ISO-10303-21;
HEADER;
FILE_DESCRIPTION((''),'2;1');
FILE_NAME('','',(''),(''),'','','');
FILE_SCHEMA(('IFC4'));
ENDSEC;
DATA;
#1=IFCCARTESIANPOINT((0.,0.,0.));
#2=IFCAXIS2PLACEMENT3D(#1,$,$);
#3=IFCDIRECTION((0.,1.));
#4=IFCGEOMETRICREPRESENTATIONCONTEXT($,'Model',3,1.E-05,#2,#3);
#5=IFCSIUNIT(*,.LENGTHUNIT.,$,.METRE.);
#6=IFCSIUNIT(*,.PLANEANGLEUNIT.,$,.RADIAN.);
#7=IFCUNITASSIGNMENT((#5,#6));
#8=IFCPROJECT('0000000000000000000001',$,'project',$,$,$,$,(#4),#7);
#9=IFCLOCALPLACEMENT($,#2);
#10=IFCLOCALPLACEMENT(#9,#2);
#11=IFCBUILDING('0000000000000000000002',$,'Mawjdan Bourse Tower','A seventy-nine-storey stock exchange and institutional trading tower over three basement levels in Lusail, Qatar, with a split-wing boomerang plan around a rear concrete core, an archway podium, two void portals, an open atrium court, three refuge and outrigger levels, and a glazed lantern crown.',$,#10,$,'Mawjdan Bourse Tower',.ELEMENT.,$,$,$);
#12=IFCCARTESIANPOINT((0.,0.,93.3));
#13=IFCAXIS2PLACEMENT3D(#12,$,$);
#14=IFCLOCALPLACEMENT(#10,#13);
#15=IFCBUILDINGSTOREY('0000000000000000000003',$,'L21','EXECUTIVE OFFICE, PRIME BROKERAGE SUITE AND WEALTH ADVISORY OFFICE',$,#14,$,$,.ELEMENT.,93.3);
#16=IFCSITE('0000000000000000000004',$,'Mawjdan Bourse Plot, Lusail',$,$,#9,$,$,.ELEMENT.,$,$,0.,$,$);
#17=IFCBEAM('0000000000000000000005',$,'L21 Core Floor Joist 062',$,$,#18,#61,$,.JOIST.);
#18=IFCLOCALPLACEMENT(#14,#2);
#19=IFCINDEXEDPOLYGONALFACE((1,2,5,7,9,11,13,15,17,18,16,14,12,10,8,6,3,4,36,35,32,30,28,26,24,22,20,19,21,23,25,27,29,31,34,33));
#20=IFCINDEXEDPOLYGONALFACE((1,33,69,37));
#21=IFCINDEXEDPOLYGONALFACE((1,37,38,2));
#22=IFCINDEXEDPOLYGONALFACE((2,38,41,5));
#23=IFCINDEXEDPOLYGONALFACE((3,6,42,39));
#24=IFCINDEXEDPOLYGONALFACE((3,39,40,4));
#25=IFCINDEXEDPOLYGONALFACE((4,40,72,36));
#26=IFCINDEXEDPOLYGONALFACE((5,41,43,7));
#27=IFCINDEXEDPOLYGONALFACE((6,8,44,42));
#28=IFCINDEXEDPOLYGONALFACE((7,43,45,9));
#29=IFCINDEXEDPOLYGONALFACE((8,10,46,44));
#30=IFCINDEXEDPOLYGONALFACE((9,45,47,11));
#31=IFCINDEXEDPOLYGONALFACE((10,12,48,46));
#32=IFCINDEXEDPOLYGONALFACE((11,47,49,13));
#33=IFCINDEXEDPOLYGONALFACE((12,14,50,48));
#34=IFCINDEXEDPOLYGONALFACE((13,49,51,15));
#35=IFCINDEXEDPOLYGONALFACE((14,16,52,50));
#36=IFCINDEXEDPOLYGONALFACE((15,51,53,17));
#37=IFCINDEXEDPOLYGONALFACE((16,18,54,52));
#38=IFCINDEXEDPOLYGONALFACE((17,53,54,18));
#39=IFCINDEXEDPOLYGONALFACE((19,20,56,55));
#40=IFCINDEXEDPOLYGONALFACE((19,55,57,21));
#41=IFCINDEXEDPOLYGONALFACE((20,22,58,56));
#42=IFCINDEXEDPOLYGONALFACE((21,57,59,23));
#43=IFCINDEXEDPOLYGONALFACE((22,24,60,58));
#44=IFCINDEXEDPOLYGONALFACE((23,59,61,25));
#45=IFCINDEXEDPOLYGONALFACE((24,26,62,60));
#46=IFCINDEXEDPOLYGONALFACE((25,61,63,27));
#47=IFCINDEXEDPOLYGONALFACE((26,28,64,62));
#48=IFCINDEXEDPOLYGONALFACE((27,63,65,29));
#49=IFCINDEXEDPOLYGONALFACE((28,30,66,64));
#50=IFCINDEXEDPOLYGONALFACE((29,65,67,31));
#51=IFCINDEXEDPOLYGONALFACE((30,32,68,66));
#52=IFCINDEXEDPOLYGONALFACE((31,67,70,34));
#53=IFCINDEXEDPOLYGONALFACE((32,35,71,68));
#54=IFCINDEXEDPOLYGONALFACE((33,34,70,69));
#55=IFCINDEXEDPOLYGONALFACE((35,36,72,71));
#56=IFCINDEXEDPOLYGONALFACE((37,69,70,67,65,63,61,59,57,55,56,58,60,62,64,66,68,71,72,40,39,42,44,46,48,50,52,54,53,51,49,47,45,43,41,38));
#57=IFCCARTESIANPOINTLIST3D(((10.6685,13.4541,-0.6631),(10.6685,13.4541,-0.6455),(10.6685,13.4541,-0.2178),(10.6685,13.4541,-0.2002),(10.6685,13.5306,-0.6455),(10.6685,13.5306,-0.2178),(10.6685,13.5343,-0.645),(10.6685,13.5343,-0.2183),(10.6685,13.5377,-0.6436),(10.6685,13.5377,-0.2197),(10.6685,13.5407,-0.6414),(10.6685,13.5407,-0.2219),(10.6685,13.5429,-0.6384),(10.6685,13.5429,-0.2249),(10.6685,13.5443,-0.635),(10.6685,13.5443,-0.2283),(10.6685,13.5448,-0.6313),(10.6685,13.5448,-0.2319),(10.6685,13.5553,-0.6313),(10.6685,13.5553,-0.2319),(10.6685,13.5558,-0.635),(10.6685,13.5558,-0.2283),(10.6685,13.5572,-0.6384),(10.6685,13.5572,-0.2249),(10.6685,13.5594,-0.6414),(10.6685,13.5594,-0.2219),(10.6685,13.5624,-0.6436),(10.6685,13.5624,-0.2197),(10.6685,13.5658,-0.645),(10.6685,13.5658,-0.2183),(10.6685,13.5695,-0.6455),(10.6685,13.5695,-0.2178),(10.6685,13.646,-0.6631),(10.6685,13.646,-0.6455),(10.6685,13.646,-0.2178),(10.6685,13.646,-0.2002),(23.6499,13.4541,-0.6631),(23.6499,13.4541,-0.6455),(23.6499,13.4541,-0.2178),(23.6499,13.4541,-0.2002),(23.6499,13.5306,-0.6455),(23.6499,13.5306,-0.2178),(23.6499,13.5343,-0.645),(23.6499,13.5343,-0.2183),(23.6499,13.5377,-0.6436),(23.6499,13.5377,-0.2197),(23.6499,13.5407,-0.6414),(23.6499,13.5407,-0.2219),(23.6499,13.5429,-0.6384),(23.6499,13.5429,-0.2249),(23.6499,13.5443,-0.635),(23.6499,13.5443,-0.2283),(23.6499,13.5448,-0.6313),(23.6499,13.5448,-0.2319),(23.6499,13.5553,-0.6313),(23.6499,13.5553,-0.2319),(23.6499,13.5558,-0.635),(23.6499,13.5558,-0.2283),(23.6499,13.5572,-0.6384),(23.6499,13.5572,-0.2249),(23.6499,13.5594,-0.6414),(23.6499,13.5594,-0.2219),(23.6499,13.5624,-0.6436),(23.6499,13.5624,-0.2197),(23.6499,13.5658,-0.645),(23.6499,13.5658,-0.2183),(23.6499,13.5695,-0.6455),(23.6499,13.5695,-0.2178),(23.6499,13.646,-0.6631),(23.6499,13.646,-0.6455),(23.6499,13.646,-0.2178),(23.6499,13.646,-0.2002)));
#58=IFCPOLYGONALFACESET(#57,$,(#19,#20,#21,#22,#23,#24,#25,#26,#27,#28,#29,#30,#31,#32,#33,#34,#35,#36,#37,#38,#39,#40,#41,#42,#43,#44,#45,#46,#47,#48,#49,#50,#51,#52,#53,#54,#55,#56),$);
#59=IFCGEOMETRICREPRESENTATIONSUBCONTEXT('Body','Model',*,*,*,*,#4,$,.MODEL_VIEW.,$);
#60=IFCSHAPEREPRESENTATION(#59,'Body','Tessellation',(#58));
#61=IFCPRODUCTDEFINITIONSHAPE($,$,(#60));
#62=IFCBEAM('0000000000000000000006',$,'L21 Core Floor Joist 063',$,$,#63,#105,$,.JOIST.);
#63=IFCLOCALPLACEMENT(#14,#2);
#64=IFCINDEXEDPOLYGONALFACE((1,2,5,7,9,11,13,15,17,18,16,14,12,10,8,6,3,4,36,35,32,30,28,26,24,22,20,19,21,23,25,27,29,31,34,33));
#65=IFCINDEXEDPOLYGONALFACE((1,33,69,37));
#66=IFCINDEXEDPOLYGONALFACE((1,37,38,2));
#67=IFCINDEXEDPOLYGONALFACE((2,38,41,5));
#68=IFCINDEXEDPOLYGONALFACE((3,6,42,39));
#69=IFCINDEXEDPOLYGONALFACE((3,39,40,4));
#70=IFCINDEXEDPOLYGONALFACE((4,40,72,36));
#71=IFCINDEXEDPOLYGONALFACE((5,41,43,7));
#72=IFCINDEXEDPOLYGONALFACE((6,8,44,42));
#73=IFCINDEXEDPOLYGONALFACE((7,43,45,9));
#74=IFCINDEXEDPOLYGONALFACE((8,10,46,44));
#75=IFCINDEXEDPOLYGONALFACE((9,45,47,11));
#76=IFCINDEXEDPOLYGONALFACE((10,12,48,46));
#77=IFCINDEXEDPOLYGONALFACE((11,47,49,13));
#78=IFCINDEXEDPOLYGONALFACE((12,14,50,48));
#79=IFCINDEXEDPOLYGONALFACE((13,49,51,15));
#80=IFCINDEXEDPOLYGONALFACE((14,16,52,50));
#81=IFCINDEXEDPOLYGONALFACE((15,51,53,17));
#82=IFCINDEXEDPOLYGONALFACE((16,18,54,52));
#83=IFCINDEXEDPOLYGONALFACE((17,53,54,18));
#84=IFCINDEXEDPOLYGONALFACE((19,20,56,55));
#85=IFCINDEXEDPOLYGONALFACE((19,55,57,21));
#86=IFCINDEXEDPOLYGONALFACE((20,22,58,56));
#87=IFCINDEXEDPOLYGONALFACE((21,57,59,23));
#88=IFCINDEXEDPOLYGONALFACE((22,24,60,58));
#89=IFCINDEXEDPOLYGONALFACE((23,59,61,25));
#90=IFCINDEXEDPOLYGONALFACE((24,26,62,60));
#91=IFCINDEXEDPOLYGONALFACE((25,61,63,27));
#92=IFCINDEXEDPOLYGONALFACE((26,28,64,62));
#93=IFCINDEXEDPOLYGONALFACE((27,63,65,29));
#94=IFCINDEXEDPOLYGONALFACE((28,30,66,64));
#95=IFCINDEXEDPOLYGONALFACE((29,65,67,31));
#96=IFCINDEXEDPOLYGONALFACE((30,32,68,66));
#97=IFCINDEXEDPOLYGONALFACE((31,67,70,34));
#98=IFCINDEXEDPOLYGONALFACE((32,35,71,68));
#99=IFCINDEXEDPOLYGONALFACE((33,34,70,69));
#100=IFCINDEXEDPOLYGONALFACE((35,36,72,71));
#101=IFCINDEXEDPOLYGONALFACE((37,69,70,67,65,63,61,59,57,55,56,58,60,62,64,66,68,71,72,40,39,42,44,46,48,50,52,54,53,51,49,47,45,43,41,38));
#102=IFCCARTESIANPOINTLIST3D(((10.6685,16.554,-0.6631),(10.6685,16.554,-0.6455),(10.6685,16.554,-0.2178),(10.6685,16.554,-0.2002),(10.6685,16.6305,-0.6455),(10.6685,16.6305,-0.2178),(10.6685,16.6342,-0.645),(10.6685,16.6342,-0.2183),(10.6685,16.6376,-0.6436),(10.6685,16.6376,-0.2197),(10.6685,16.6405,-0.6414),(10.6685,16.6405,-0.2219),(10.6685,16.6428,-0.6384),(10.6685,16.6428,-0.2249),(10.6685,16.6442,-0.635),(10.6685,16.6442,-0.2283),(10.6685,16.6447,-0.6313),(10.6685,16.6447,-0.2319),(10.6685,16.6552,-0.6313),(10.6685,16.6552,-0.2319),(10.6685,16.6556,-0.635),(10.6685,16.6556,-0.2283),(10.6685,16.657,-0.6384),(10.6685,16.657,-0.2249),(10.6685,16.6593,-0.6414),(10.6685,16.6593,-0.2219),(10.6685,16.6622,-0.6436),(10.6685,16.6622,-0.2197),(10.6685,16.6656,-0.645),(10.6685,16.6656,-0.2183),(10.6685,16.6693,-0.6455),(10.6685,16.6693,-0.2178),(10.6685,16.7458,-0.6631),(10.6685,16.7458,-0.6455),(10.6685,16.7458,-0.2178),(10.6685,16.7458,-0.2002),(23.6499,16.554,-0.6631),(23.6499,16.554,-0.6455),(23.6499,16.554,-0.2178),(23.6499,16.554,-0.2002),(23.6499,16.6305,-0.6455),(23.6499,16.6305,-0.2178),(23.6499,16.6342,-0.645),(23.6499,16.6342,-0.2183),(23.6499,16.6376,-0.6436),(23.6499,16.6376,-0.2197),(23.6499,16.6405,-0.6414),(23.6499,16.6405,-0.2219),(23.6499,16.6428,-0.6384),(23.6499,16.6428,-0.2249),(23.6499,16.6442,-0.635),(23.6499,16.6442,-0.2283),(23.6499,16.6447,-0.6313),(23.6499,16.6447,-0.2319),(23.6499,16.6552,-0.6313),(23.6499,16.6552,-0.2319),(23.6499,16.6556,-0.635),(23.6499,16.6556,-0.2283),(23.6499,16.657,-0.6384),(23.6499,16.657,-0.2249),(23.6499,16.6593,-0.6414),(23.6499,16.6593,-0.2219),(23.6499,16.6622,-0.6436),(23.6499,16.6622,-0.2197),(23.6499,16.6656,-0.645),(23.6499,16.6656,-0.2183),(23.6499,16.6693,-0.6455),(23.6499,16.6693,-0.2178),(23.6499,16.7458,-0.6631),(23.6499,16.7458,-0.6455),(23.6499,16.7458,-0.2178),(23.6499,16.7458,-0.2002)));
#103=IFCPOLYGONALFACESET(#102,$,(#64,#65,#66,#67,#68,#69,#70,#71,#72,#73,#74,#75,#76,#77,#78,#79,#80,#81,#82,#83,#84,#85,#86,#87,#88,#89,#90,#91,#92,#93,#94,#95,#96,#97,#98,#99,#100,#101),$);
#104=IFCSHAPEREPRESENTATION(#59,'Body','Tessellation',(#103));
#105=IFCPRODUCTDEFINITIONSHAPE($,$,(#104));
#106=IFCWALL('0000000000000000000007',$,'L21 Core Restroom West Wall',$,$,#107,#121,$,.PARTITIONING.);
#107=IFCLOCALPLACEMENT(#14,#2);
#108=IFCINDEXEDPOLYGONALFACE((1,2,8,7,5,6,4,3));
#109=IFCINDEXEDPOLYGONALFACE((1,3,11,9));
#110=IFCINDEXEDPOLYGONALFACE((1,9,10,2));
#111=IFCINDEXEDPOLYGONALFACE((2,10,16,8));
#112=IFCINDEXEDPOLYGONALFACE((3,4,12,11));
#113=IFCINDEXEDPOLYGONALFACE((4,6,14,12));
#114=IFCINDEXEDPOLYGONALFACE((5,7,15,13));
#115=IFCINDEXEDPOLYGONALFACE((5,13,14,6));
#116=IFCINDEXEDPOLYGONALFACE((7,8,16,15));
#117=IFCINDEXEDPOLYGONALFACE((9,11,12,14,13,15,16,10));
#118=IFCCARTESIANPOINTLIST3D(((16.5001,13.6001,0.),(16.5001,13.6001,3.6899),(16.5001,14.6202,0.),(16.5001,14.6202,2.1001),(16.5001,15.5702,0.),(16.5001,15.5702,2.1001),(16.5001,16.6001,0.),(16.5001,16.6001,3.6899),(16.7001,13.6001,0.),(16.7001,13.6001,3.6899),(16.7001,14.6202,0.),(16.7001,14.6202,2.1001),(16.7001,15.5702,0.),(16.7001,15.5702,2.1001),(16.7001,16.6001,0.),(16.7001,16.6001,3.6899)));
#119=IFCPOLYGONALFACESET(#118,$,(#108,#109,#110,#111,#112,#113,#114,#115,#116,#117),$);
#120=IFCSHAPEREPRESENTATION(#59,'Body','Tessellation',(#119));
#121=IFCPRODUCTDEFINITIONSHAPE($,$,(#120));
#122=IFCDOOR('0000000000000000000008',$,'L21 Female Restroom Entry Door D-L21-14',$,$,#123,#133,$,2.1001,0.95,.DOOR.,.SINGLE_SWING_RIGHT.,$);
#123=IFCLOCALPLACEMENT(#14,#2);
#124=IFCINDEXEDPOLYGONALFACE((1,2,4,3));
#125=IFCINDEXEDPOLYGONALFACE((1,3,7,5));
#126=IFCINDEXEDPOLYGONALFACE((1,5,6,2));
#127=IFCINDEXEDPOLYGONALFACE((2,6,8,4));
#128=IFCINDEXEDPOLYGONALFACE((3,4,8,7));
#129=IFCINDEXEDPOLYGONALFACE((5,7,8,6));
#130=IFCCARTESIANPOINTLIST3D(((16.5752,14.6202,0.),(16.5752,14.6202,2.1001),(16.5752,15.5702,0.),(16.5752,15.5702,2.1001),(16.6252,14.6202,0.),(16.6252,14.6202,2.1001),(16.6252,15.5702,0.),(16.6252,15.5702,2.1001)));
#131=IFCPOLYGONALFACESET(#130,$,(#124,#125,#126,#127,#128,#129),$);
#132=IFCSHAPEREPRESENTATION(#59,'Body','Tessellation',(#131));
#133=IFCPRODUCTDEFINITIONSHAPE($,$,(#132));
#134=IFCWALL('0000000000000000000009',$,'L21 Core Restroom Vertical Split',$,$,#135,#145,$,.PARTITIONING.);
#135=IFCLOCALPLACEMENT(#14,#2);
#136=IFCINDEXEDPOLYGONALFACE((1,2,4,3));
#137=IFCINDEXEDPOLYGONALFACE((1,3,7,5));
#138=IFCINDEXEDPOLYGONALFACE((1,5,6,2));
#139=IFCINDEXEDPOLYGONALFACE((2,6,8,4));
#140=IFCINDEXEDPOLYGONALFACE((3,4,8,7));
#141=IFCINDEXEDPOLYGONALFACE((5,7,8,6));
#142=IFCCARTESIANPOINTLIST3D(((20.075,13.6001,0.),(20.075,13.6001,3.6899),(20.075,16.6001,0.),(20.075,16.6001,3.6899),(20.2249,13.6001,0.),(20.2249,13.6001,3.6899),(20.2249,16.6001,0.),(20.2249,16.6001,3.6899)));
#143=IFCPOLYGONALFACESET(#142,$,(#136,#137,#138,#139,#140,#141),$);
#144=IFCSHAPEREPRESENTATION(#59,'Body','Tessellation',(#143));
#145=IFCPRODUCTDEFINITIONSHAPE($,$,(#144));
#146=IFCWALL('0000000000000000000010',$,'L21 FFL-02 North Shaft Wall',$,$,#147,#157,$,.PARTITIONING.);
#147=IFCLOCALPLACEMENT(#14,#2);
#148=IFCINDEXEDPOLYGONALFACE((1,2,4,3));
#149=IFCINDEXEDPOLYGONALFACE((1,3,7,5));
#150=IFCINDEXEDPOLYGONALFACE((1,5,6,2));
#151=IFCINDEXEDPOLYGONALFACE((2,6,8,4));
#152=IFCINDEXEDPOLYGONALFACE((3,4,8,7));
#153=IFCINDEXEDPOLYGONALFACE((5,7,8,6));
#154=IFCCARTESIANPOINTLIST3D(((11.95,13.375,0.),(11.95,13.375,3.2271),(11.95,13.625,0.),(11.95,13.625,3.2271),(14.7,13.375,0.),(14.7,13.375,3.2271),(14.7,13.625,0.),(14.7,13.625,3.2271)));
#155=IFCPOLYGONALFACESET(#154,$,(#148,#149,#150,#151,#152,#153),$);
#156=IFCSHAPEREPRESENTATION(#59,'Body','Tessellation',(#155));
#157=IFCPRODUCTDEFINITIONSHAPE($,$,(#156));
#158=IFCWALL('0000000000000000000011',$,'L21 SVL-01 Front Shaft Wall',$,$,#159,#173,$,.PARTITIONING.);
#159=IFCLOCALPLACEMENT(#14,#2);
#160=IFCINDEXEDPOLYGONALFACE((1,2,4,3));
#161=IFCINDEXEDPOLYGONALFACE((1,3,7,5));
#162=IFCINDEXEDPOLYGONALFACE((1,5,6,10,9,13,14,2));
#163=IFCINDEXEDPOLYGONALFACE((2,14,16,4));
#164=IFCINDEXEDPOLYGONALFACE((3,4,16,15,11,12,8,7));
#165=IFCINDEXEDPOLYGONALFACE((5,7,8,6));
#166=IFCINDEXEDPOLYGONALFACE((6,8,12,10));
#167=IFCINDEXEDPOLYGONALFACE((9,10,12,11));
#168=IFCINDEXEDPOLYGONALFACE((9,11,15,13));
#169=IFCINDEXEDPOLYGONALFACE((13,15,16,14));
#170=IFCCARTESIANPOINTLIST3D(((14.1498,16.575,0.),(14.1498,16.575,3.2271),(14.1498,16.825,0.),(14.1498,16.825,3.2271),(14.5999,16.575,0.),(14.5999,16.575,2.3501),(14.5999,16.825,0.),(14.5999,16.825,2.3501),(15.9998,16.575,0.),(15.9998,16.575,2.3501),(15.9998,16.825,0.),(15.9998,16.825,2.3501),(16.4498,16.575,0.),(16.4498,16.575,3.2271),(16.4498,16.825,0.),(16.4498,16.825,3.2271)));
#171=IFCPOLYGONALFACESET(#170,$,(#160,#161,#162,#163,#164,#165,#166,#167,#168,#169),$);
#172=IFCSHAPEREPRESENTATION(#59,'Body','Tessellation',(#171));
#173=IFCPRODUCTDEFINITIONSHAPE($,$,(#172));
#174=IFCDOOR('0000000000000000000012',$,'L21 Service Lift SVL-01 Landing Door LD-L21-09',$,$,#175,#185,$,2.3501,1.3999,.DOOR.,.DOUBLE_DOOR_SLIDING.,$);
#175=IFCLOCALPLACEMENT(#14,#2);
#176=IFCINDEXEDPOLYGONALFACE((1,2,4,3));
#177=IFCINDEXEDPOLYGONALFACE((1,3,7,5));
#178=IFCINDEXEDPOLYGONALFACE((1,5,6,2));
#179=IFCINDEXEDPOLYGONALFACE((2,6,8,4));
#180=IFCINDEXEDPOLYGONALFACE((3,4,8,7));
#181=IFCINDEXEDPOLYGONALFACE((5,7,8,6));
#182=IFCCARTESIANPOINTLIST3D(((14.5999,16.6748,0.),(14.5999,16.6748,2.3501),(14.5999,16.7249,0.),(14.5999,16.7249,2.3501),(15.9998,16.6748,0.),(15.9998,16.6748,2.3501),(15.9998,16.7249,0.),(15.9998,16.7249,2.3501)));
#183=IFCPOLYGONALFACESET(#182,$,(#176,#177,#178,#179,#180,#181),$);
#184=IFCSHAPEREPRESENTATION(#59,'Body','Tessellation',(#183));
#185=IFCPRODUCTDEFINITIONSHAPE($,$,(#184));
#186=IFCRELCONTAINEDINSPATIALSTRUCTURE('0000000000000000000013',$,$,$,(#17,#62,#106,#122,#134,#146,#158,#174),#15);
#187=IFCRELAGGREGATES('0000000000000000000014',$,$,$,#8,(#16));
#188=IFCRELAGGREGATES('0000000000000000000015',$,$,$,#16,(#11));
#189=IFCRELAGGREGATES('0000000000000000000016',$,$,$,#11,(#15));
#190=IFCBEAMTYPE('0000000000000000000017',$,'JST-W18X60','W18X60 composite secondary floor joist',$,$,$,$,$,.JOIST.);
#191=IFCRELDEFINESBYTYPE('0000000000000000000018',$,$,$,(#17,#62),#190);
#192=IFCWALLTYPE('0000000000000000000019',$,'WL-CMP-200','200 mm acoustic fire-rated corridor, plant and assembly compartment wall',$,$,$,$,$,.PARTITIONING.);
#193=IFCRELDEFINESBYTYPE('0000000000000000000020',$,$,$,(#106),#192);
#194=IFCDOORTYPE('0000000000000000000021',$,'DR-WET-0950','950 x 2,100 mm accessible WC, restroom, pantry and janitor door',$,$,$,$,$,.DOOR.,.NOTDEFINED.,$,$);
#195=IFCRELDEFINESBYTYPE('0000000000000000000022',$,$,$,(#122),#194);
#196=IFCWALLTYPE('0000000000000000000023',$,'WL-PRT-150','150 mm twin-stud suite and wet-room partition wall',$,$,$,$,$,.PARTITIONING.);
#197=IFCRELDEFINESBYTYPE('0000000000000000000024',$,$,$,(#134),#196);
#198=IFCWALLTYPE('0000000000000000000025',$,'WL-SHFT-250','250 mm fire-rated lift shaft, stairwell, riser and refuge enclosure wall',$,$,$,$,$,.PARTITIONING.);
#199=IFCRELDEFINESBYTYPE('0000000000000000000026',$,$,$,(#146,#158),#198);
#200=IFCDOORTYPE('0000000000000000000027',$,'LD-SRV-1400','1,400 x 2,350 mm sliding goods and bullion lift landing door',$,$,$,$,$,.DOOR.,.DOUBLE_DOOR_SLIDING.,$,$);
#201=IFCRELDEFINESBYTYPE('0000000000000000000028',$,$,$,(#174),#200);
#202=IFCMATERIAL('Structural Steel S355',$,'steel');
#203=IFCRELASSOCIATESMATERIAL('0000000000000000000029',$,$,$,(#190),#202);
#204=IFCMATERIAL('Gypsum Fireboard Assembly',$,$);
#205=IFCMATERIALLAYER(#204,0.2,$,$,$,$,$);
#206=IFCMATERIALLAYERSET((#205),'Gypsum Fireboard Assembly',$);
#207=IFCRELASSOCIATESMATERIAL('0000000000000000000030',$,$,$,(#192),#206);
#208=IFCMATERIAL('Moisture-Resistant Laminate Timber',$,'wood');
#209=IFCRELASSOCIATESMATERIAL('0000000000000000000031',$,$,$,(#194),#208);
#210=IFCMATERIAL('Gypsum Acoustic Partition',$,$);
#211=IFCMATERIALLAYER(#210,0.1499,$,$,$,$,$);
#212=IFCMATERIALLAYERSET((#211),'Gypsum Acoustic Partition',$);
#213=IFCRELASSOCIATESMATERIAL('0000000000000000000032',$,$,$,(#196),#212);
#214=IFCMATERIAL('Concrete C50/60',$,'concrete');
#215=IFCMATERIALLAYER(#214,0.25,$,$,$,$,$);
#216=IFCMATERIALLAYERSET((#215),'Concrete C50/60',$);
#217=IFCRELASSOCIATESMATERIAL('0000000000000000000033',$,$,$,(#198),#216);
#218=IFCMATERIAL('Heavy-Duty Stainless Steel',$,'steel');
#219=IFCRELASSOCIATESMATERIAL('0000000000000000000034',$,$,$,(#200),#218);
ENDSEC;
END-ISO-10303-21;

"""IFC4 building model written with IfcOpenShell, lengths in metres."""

from ifc_helpers import new_model, si_unit, direction, frame, frame_2d, origin, origin_2d, place, context, subcontext, project, spatial, rectangle, i_section, extrude, material, layer, layer_set, material_profile, profile_set, type_object, element, fill, save


model = new_model("IFC4")

# Units and contexts
model_context = context("Model", 3, precision=1e-05, world=origin(), true_north=direction((0.0, 1.0)))
body_context = subcontext(model_context, "Body", "Model", "MODEL_VIEW")
ifc_project = project(units=[si_unit("LENGTHUNIT", "METRE"), si_unit("PLANEANGLEUNIT", "RADIAN")], contexts=[model_context])

# Site, building, storey
site_placement = place(None, origin())
site = spatial("IfcSite", under=ifc_project, at=site_placement, Name="Mawjdan Bourse Plot, Lusail", CompositionType="ELEMENT", RefElevation=0.0)
building_placement = place(site_placement, origin())
building = spatial("IfcBuilding", under=site, at=building_placement, Name="Mawjdan Bourse Tower", Description="A seventy-nine-storey stock exchange and institutional trading tower over three basement levels in Lusail, Qatar, with a split-wing boomerang plan around a rear concrete core, an archway podium, two void portals, an open atrium court, three refuge and outrigger levels, and a glazed lantern crown.", LongName="Mawjdan Bourse Tower", CompositionType="ELEMENT")
storey_placement = place(building_placement, frame((0.0, 0.0, 93.3)))
storey = spatial("IfcBuildingStorey", under=building, at=storey_placement, Name="L21", Description="EXECUTIVE OFFICE, PRIME BROKERAGE SUITE AND WEALTH ADVISORY OFFICE", CompositionType="ELEMENT", Elevation=93.3)

# Beams
ifc_material_1 = material(Name="Structural Steel S355", Category="steel")
ifc_material_profile = material_profile(ifc_material_1, i_section(OverallWidth=0.1919, OverallDepth=0.4629, WebThickness=0.0105, FlangeThickness=0.0176, FilletRadius=0.0142, at=origin_2d()), Name="W18X60")
ifc_profile_set = profile_set([ifc_material_profile], Name="Structural Steel S355")
beam_type = type_object("IfcBeamType", Name="JST-W18X60", Description="W18X60 composite secondary floor joist", PredefinedType="JOIST", material=ifc_profile_set)
for number, where, z_axis, x_axis, name in (
    (1, (10.6685, 13.55, -0.4316), (1.0, 0.0, 0.0), (0.0, 1.0, 0.0), "L21 Core Floor Joist 062"),
    (2, (10.6685, 16.6499, -0.4316), (1.0, 0.0, 0.0), (0.0, 1.0, 0.0), "L21 Core Floor Joist 063"),
):
    element("IfcBeam", number, at=place(storey_placement, frame(where, z_axis=z_axis, x_axis=x_axis)), inside=storey, type_object=beam_type, Name=name, PredefinedType="JOIST", context=body_context, shape_type="SweptSolid", body=[
        extrude(i_section(OverallWidth=0.1919, OverallDepth=0.4629, WebThickness=0.0105, FlangeThickness=0.0176, FilletRadius=0.0142, at=origin_2d()), origin(), (0.0, 0.0, 1.0), 12.9814),
    ])

# Wall, opening, door
ifc_material_2 = material(Name="Gypsum Fireboard Assembly")
ifc_layer_1 = layer(ifc_material_2, 0.2)
ifc_layer_set_1 = layer_set([ifc_layer_1], Name="Gypsum Fireboard Assembly")
wall_type_1 = type_object("IfcWallType", Name="WL-CMP-200", Description="200 mm acoustic fire-rated corridor, plant and assembly compartment wall", PredefinedType="PARTITIONING", material=ifc_layer_set_1)
wall_1_placement = place(storey_placement, frame((16.6001, 13.6001, 0.0), z_axis=(0.0, 0.0, 1.0), x_axis=(0.0, 1.0, 0.0)))
wall_1 = element("IfcWall", 3, at=wall_1_placement, inside=storey, type_object=wall_type_1, Name="L21 Core Restroom West Wall", PredefinedType="PARTITIONING", context=body_context, shape_type="SweptSolid", body=[
    extrude(rectangle(XDim=3.0, YDim=0.2, at=frame_2d((1.5, 0.0))), origin(), (0.0, 0.0, 1.0), 3.6899),
])
opening_1_placement = place(wall_1_placement, frame((1.02, 0.0, 0.0)))
opening_1 = element("IfcOpeningElement", 4, at=opening_1_placement, cuts=wall_1, PredefinedType="OPENING", context=body_context, shape_type="SweptSolid", body=[
    extrude(rectangle(XDim=0.95, YDim=2.1001, at=frame_2d((0.4751, 1.05))), frame((0.0, 0.1099, 0.0), z_axis=(0.0, -1.0, 0.0), x_axis=(1.0, 0.0, 0.0)), (0.0, 0.0, 1.0), 0.22),
])
ifc_material_3 = material(Name="Moisture-Resistant Laminate Timber", Category="wood")
door_type_1 = type_object("IfcDoorType", Name="DR-WET-0950", Description="950 x 2,100 mm accessible WC, restroom, pantry and janitor door", OperationType="NOTDEFINED", PredefinedType="DOOR", material=ifc_material_3)
door_1_placement = place(opening_1_placement, origin())
door_1 = element("IfcDoor", 5, at=door_1_placement, inside=storey, type_object=door_type_1, Name="L21 Female Restroom Entry Door D-L21-14", OperationType="SINGLE_SWING_RIGHT", OverallHeight=2.1001, OverallWidth=0.95, PredefinedType="DOOR", context=body_context, shape_type="SweptSolid", body=[
    extrude(rectangle(XDim=0.95, YDim=2.1001, at=frame_2d((0.4751, 1.05))), frame((0.0, 0.0249, 0.0), z_axis=(0.0, -1.0, 0.0), x_axis=(1.0, 0.0, 0.0)), (0.0, 0.0, 1.0), 0.05),
])
fill(opening_1, door_1)

# Walls
ifc_material_4 = material(Name="Gypsum Acoustic Partition")
ifc_layer_2 = layer(ifc_material_4, 0.1499)
ifc_layer_set_2 = layer_set([ifc_layer_2], Name="Gypsum Acoustic Partition")
wall_type_2 = type_object("IfcWallType", Name="WL-PRT-150", Description="150 mm twin-stud suite and wet-room partition wall", PredefinedType="PARTITIONING", material=ifc_layer_set_2)
wall_2_placement = place(storey_placement, frame((20.1499, 13.6001, 0.0), z_axis=(0.0, 0.0, 1.0), x_axis=(0.0, 1.0, 0.0)))
element("IfcWall", 6, at=wall_2_placement, inside=storey, type_object=wall_type_2, Name="L21 Core Restroom Vertical Split", PredefinedType="PARTITIONING", context=body_context, shape_type="SweptSolid", body=[
    extrude(rectangle(XDim=3.0, YDim=0.1499, at=frame_2d((1.5, 0.0))), origin(), (0.0, 0.0, 1.0), 3.6899),
])
ifc_material_5 = material(Name="Concrete C50/60", Category="concrete")
ifc_layer_3 = layer(ifc_material_5, 0.25)
ifc_layer_set_3 = layer_set([ifc_layer_3], Name="Concrete C50/60")
wall_type_3 = type_object("IfcWallType", Name="WL-SHFT-250", Description="250 mm fire-rated lift shaft, stairwell, riser and refuge enclosure wall", PredefinedType="PARTITIONING", material=ifc_layer_set_3)
wall_3_placement = place(storey_placement, frame((11.95, 13.5, 0.0), z_axis=(0.0, 0.0, 1.0), x_axis=(1.0, 0.0, 0.0)))
element("IfcWall", 7, at=wall_3_placement, inside=storey, type_object=wall_type_3, Name="L21 FFL-02 North Shaft Wall", PredefinedType="PARTITIONING", context=body_context, shape_type="SweptSolid", body=[
    extrude(rectangle(XDim=2.75, YDim=0.25, at=frame_2d((1.375, 0.0))), origin(), (0.0, 0.0, 1.0), 3.2271),
])

# Wall, opening, door
wall_4_placement = place(storey_placement, frame((14.1499, 16.7, 0.0), z_axis=(0.0, 0.0, 1.0), x_axis=(1.0, 0.0, 0.0)))
wall_4 = element("IfcWall", 8, at=wall_4_placement, inside=storey, type_object=wall_type_3, Name="L21 SVL-01 Front Shaft Wall", PredefinedType="PARTITIONING", context=body_context, shape_type="SweptSolid", body=[
    extrude(rectangle(XDim=2.3, YDim=0.25, at=frame_2d((1.1499, 0.0))), origin(), (0.0, 0.0, 1.0), 3.2271),
])
opening_2_placement = place(wall_4_placement, frame((0.45, 0.0, 0.0)))
opening_2 = element("IfcOpeningElement", 9, at=opening_2_placement, cuts=wall_4, PredefinedType="OPENING", context=body_context, shape_type="SweptSolid", body=[
    extrude(rectangle(XDim=1.3999, YDim=2.3501, at=frame_2d((0.7, 1.175))), frame((0.0, 0.135, 0.0), z_axis=(0.0, -1.0, 0.0), x_axis=(1.0, 0.0, 0.0)), (0.0, 0.0, 1.0), 0.27),
])
ifc_material_6 = material(Name="Heavy-Duty Stainless Steel", Category="steel")
door_type_2 = type_object("IfcDoorType", Name="LD-SRV-1400", Description="1,400 x 2,350 mm sliding goods and bullion lift landing door", OperationType="DOUBLE_DOOR_SLIDING", PredefinedType="DOOR", material=ifc_material_6)
door_2_placement = place(opening_2_placement, origin())
door_2 = element("IfcDoor", 10, at=door_2_placement, inside=storey, type_object=door_type_2, Name="L21 Service Lift SVL-01 Landing Door LD-L21-09", OperationType="DOUBLE_DOOR_SLIDING", OverallHeight=2.3501, OverallWidth=1.3999, PredefinedType="DOOR", context=body_context, shape_type="SweptSolid", body=[
    extrude(rectangle(XDim=1.3999, YDim=2.3501, at=frame_2d((0.7, 1.175))), frame((0.0, 0.0249, 0.0), z_axis=(0.0, -1.0, 0.0), x_axis=(1.0, 0.0, 0.0)), (0.0, 0.0, 1.0), 0.05),
])
fill(opening_2, door_2)

save(model, "model.ifc")
